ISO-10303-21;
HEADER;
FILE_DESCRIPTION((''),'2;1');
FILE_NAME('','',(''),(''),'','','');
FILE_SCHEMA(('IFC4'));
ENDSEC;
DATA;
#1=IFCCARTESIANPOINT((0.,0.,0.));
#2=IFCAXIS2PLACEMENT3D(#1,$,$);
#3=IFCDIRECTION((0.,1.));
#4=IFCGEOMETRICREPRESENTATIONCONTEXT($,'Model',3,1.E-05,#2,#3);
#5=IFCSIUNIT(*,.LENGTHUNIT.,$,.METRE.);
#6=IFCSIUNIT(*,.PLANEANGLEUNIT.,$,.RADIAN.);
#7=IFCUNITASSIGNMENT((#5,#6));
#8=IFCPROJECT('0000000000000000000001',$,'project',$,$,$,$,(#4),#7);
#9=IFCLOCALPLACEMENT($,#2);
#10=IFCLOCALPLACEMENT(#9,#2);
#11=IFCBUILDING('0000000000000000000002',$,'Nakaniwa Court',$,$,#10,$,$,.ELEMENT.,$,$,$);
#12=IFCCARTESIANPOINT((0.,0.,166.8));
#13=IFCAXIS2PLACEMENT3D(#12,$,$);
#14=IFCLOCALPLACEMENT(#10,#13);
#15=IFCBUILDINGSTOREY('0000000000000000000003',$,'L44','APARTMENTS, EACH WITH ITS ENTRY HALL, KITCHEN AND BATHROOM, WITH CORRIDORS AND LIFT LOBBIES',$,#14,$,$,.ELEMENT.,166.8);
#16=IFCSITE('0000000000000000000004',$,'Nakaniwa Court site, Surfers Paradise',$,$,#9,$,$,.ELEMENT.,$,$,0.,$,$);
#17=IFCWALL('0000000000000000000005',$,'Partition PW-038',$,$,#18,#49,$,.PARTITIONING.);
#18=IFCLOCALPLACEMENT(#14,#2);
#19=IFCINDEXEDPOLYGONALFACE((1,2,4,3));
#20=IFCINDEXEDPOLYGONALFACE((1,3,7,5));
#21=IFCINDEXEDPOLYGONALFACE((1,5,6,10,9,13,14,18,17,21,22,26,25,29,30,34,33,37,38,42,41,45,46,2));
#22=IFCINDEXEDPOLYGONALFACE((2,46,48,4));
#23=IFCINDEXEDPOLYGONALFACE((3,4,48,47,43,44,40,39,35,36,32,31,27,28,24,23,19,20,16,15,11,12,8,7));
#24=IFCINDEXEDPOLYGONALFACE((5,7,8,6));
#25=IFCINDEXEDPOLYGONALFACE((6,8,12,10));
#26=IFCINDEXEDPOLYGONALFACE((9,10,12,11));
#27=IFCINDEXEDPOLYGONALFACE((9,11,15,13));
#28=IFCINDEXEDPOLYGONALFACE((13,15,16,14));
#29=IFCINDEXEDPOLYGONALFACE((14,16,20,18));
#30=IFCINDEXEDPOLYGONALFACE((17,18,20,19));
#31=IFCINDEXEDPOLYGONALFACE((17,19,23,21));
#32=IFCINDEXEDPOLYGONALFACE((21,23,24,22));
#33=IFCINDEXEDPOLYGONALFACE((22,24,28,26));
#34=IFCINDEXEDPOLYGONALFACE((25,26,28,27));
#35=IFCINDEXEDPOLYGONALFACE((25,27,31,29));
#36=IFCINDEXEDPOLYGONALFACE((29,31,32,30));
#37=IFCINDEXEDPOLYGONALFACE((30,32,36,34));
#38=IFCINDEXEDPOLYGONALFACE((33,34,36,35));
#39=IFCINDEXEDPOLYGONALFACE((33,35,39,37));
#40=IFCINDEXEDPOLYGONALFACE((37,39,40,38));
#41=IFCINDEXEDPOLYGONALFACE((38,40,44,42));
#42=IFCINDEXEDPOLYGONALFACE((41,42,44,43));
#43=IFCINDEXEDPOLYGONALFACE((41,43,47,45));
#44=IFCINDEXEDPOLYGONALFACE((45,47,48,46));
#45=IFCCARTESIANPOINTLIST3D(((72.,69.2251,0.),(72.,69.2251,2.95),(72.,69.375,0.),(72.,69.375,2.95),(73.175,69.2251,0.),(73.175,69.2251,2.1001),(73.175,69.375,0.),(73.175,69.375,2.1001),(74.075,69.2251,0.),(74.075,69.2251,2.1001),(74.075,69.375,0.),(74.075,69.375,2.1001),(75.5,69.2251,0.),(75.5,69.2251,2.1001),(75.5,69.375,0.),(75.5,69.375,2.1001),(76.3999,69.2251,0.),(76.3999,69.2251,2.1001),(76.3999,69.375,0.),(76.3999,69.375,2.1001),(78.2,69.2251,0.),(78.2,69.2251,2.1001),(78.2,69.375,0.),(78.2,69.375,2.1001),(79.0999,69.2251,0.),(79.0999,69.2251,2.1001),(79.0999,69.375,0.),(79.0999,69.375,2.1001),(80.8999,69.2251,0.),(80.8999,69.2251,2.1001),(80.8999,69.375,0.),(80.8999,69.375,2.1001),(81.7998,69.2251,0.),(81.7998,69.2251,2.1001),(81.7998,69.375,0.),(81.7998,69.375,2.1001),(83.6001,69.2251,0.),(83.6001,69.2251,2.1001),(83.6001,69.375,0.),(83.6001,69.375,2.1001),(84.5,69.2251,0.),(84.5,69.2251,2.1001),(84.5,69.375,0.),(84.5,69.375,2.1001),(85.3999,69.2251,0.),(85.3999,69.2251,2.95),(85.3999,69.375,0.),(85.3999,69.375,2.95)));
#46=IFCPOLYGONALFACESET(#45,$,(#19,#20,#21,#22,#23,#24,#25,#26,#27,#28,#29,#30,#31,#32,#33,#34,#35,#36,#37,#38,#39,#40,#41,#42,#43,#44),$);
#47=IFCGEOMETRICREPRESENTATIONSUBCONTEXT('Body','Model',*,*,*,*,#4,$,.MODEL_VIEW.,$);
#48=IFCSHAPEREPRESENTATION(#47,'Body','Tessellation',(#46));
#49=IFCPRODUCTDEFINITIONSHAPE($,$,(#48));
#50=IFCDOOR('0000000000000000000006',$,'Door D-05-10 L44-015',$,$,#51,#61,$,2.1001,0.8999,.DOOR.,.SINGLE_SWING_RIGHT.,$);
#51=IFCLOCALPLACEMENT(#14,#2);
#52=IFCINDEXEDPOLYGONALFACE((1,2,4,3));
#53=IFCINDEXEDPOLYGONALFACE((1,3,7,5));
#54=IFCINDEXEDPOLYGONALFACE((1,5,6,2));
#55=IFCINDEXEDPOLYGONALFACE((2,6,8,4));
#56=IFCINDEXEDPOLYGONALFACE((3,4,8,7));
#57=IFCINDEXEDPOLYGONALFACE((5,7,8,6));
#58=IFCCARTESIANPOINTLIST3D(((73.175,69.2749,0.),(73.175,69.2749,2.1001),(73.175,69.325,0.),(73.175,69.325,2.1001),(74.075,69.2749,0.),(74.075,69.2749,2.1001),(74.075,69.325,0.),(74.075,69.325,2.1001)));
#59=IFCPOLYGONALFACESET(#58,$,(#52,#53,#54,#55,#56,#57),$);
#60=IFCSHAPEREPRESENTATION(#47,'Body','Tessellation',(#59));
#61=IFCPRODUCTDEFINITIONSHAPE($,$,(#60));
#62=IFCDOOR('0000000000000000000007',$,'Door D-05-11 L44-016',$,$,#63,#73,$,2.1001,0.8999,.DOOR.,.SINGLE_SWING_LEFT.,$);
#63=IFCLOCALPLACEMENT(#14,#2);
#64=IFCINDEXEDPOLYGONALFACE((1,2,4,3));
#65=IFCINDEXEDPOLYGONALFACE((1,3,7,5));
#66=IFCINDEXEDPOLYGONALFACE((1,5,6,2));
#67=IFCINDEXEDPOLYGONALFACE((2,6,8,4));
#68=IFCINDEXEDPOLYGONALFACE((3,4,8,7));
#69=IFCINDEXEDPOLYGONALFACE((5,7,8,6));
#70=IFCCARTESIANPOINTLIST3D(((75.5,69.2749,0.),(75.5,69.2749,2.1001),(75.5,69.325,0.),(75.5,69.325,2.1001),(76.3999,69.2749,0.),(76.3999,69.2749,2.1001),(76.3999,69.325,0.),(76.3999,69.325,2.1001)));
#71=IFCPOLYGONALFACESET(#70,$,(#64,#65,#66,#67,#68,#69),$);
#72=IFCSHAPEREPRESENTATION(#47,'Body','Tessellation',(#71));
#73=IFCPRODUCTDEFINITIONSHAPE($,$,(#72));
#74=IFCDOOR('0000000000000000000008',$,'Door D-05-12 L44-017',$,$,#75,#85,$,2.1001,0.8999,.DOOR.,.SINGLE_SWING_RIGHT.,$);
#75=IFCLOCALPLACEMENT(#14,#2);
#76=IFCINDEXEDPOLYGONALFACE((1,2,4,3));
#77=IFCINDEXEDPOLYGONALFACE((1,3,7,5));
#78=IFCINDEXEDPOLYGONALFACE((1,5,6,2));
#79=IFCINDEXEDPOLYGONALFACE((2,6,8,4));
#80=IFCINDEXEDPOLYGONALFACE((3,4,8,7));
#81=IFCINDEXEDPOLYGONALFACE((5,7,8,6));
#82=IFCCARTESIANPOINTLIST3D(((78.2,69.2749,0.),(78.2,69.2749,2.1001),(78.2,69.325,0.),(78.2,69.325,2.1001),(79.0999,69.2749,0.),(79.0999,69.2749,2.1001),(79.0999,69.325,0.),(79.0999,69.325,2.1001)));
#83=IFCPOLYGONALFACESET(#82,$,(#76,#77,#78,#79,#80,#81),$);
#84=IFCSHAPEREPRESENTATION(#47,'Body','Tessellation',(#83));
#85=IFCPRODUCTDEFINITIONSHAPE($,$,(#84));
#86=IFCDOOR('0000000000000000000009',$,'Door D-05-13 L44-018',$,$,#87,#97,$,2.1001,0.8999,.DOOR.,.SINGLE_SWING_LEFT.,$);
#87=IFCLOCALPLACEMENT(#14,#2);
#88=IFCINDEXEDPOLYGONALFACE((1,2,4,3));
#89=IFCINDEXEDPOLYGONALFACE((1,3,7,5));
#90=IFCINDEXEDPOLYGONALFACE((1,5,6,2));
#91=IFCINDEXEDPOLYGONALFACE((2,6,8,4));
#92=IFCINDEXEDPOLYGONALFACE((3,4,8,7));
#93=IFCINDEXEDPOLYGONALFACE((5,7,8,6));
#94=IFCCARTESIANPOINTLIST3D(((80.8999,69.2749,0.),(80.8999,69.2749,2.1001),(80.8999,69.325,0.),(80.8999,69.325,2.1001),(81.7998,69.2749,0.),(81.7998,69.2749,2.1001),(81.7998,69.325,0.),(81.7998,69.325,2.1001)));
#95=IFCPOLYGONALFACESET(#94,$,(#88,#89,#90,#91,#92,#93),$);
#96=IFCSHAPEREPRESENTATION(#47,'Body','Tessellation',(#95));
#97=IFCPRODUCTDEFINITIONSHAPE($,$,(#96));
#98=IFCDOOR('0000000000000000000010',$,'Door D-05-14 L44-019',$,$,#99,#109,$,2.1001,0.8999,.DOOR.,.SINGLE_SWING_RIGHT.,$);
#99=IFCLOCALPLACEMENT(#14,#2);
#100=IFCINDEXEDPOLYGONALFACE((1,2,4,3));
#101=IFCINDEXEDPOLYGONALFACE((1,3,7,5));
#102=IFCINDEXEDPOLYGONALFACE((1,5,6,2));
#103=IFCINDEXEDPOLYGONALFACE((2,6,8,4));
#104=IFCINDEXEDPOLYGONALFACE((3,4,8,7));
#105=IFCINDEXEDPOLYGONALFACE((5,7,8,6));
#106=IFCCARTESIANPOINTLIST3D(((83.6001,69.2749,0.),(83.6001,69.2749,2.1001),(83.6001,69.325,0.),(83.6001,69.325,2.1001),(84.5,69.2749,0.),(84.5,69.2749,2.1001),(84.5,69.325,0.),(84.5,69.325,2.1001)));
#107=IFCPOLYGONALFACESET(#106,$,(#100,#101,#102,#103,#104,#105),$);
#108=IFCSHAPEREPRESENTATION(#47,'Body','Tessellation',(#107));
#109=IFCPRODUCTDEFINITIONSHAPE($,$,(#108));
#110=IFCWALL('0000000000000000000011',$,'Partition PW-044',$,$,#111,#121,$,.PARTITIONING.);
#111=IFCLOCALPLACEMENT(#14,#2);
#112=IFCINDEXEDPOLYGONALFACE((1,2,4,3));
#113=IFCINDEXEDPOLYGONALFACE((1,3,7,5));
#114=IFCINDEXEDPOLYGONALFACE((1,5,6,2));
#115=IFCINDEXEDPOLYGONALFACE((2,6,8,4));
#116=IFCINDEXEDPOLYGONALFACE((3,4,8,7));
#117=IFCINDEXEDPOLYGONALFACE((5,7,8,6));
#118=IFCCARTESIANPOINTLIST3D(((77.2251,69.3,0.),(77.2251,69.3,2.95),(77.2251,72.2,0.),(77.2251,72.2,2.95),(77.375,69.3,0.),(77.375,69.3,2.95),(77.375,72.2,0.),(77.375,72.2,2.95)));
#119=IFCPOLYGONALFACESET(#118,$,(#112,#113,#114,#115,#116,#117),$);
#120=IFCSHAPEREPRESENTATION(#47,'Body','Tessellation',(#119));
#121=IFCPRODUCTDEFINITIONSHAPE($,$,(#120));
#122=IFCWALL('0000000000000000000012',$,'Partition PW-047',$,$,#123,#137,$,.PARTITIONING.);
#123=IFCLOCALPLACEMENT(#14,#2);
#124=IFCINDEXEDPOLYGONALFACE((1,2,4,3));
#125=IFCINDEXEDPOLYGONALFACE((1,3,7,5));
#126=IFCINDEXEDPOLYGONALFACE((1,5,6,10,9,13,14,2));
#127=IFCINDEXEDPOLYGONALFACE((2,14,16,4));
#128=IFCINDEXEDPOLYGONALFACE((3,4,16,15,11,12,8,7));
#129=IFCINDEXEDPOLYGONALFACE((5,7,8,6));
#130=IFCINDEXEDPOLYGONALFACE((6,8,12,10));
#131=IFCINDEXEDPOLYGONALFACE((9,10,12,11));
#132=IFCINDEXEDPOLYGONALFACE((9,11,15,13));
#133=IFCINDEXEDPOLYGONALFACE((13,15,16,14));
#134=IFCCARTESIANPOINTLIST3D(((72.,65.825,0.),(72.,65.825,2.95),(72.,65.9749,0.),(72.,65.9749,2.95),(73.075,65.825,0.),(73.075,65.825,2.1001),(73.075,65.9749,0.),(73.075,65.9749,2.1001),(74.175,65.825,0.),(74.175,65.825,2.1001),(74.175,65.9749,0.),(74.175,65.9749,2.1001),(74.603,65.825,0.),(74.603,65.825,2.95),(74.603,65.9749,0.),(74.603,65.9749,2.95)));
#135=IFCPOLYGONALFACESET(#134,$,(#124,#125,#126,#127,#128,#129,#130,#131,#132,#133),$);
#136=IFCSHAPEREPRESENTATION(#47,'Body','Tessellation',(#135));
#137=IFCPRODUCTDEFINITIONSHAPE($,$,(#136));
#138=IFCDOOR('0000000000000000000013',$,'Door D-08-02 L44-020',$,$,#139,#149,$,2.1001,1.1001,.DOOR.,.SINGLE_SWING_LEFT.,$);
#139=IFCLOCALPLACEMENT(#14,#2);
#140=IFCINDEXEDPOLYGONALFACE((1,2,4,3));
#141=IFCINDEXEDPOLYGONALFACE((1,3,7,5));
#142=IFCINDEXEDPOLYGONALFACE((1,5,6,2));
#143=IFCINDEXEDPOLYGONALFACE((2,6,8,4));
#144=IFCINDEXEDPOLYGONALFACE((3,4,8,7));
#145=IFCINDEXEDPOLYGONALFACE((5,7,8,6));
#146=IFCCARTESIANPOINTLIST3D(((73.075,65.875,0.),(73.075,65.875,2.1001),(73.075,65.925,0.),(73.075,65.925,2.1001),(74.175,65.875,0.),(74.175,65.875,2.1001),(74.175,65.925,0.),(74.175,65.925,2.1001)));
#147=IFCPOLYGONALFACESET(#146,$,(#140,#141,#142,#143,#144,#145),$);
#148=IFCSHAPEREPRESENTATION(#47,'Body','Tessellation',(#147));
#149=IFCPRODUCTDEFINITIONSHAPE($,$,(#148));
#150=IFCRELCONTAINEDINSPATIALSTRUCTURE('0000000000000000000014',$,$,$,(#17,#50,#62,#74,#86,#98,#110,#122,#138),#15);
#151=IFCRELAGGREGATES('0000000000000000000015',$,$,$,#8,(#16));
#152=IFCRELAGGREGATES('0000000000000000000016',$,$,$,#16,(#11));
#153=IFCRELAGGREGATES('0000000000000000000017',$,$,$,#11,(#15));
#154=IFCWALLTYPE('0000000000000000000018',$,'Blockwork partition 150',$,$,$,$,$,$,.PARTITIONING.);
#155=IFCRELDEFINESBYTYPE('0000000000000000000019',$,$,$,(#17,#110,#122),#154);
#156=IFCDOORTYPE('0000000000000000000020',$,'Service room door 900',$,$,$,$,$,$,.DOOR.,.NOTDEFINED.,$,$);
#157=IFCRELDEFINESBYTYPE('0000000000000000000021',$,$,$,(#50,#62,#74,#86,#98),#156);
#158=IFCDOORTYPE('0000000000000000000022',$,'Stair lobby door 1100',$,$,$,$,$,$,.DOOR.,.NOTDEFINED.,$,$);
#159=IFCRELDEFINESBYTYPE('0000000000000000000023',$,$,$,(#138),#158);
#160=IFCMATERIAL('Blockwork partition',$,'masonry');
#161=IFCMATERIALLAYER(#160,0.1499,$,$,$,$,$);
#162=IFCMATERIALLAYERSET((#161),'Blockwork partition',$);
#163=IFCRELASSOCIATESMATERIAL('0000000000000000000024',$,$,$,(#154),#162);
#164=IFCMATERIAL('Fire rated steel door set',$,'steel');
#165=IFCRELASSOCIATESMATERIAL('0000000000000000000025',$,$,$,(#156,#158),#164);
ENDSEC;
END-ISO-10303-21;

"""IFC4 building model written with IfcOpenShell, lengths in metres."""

from ifc_helpers import new_model, si_unit, direction, frame, frame_2d, origin, place, context, subcontext, project, spatial, rectangle, extrude, material, layer, layer_set, type_object, element, fill, save


model = new_model("IFC4")

# Units and contexts
model_context = context("Model", 3, precision=1e-05, world=origin(), true_north=direction((0.0, 1.0)))
body_context = subcontext(model_context, "Body", "Model", "MODEL_VIEW")
ifc_project = project(units=[si_unit("LENGTHUNIT", "METRE"), si_unit("PLANEANGLEUNIT", "RADIAN")], contexts=[model_context])

# Site, building, storey
site_placement = place(None, origin())
site = spatial("IfcSite", under=ifc_project, at=site_placement, Name="Nakaniwa Court site, Surfers Paradise", CompositionType="ELEMENT", RefElevation=0.0)
building_placement = place(site_placement, origin())
building = spatial("IfcBuilding", under=site, at=building_placement, Name="Nakaniwa Court", CompositionType="ELEMENT")
storey_placement = place(building_placement, frame((0.0, 0.0, 166.8)))
storey = spatial("IfcBuildingStorey", under=building, at=storey_placement, Name="L44", Description="APARTMENTS, EACH WITH ITS ENTRY HALL, KITCHEN AND BATHROOM, WITH CORRIDORS AND LIFT LOBBIES", CompositionType="ELEMENT", Elevation=166.8)

# Shared definitions
ifc_material_1 = material(Name="Blockwork partition", Category="masonry")
ifc_layer_1 = layer(ifc_material_1, 0.1499)
ifc_layer_set_1 = layer_set([ifc_layer_1], Name="Blockwork partition")
wall_type_1 = type_object("IfcWallType", Name="Blockwork partition 150", PredefinedType="PARTITIONING", material=ifc_layer_set_1)

# Wall, openings, doors
wall_1_placement = place(storey_placement, frame((72.0, 69.3, 0.0), z_axis=(0.0, 0.0, 1.0), x_axis=(1.0, 0.0, 0.0)))
wall_1 = element("IfcWall", 1, at=wall_1_placement, inside=storey, type_object=wall_type_1, Name="Partition PW-038", PredefinedType="PARTITIONING", context=body_context, shape_type="SweptSolid", body=[
    extrude(rectangle(XDim=13.3999, YDim=0.1499, at=frame_2d((6.7, 0.0))), origin(), (0.0, 0.0, 1.0), 2.95),
])
opening_1_placement = place(wall_1_placement, frame((1.175, 0.0, 0.0)))
opening_1 = element("IfcOpeningElement", 2, at=opening_1_placement, cuts=wall_1, PredefinedType="OPENING", context=body_context, shape_type="SweptSolid", body=[
    extrude(rectangle(XDim=0.8999, YDim=2.1001, at=frame_2d((0.45, 1.05))), frame((0.0, 0.085, 0.0), z_axis=(0.0, -1.0, 0.0), x_axis=(1.0, 0.0, 0.0)), (0.0, 0.0, 1.0), 0.1699),
])
opening_2_placement = place(wall_1_placement, frame((3.5, 0.0, 0.0)))
opening_2 = element("IfcOpeningElement", 3, at=opening_2_placement, cuts=wall_1, PredefinedType="OPENING", context=body_context, shape_type="SweptSolid", body=[
    extrude(rectangle(XDim=0.8999, YDim=2.1001, at=frame_2d((0.45, 1.05))), frame((0.0, 0.085, 0.0), z_axis=(0.0, -1.0, 0.0), x_axis=(1.0, 0.0, 0.0)), (0.0, 0.0, 1.0), 0.1699),
])
opening_3_placement = place(wall_1_placement, frame((6.2, 0.0, 0.0)))
opening_3 = element("IfcOpeningElement", 4, at=opening_3_placement, cuts=wall_1, PredefinedType="OPENING", context=body_context, shape_type="SweptSolid", body=[
    extrude(rectangle(XDim=0.8999, YDim=2.1001, at=frame_2d((0.45, 1.05))), frame((0.0, 0.085, 0.0), z_axis=(0.0, -1.0, 0.0), x_axis=(1.0, 0.0, 0.0)), (0.0, 0.0, 1.0), 0.1699),
])
opening_4_placement = place(wall_1_placement, frame((8.8999, 0.0, 0.0)))
opening_4 = element("IfcOpeningElement", 5, at=opening_4_placement, cuts=wall_1, PredefinedType="OPENING", context=body_context, shape_type="SweptSolid", body=[
    extrude(rectangle(XDim=0.8999, YDim=2.1001, at=frame_2d((0.45, 1.05))), frame((0.0, 0.085, 0.0), z_axis=(0.0, -1.0, 0.0), x_axis=(1.0, 0.0, 0.0)), (0.0, 0.0, 1.0), 0.1699),
])
opening_5_placement = place(wall_1_placement, frame((11.6001, 0.0, 0.0)))
opening_5 = element("IfcOpeningElement", 6, at=opening_5_placement, cuts=wall_1, PredefinedType="OPENING", context=body_context, shape_type="SweptSolid", body=[
    extrude(rectangle(XDim=0.8999, YDim=2.1001, at=frame_2d((0.45, 1.05))), frame((0.0, 0.085, 0.0), z_axis=(0.0, -1.0, 0.0), x_axis=(1.0, 0.0, 0.0)), (0.0, 0.0, 1.0), 0.1699),
])
ifc_material_2 = material(Name="Fire rated steel door set", Category="steel")
door_type_1 = type_object("IfcDoorType", Name="Service room door 900", OperationType="NOTDEFINED", PredefinedType="DOOR", material=ifc_material_2)
door_1_placement = place(opening_1_placement, origin())
door_1 = element("IfcDoor", 7, at=door_1_placement, inside=storey, type_object=door_type_1, Name="Door D-05-10 L44-015", OperationType="SINGLE_SWING_RIGHT", OverallHeight=2.1001, OverallWidth=0.8999, PredefinedType="DOOR", context=body_context, shape_type="SweptSolid", body=[
    extrude(rectangle(XDim=0.8999, YDim=2.1001, at=frame_2d((0.45, 1.05))), frame((0.0, 0.0249, 0.0), z_axis=(0.0, -1.0, 0.0), x_axis=(1.0, 0.0, 0.0)), (0.0, 0.0, 1.0), 0.05),
])
fill(opening_1, door_1)
door_2_placement = place(opening_2_placement, origin())
door_2 = element("IfcDoor", 8, at=door_2_placement, inside=storey, type_object=door_type_1, Name="Door D-05-11 L44-016", OperationType="SINGLE_SWING_LEFT", OverallHeight=2.1001, OverallWidth=0.8999, PredefinedType="DOOR", context=body_context, shape_type="SweptSolid", body=[
    extrude(rectangle(XDim=0.8999, YDim=2.1001, at=frame_2d((0.45, 1.05))), frame((0.0, 0.0249, 0.0), z_axis=(0.0, -1.0, 0.0), x_axis=(1.0, 0.0, 0.0)), (0.0, 0.0, 1.0), 0.05),
])
fill(opening_2, door_2)
door_3_placement = place(opening_3_placement, origin())
door_3 = element("IfcDoor", 9, at=door_3_placement, inside=storey, type_object=door_type_1, Name="Door D-05-12 L44-017", OperationType="SINGLE_SWING_RIGHT", OverallHeight=2.1001, OverallWidth=0.8999, PredefinedType="DOOR", context=body_context, shape_type="SweptSolid", body=[
    extrude(rectangle(XDim=0.8999, YDim=2.1001, at=frame_2d((0.45, 1.05))), frame((0.0, 0.0249, 0.0), z_axis=(0.0, -1.0, 0.0), x_axis=(1.0, 0.0, 0.0)), (0.0, 0.0, 1.0), 0.05),
])
fill(opening_3, door_3)
door_4_placement = place(opening_4_placement, origin())
door_4 = element("IfcDoor", 10, at=door_4_placement, inside=storey, type_object=door_type_1, Name="Door D-05-13 L44-018", OperationType="SINGLE_SWING_LEFT", OverallHeight=2.1001, OverallWidth=0.8999, PredefinedType="DOOR", context=body_context, shape_type="SweptSolid", body=[
    extrude(rectangle(XDim=0.8999, YDim=2.1001, at=frame_2d((0.45, 1.05))), frame((0.0, 0.0249, 0.0), z_axis=(0.0, -1.0, 0.0), x_axis=(1.0, 0.0, 0.0)), (0.0, 0.0, 1.0), 0.05),
])
fill(opening_4, door_4)
door_5_placement = place(opening_5_placement, origin())
door_5 = element("IfcDoor", 11, at=door_5_placement, inside=storey, type_object=door_type_1, Name="Door D-05-14 L44-019", OperationType="SINGLE_SWING_RIGHT", OverallHeight=2.1001, OverallWidth=0.8999, PredefinedType="DOOR", context=body_context, shape_type="SweptSolid", body=[
    extrude(rectangle(XDim=0.8999, YDim=2.1001, at=frame_2d((0.45, 1.05))), frame((0.0, 0.0249, 0.0), z_axis=(0.0, -1.0, 0.0), x_axis=(1.0, 0.0, 0.0)), (0.0, 0.0, 1.0), 0.05),
])
fill(opening_5, door_5)

# Wall
wall_2_placement = place(storey_placement, frame((77.3, 69.3, 0.0), z_axis=(0.0, 0.0, 1.0), x_axis=(0.0, 1.0, 0.0)))
element("IfcWall", 12, at=wall_2_placement, inside=storey, type_object=wall_type_1, Name="Partition PW-044", PredefinedType="PARTITIONING", context=body_context, shape_type="SweptSolid", body=[
    extrude(rectangle(XDim=2.8999, YDim=0.1499, at=frame_2d((1.45, 0.0))), origin(), (0.0, 0.0, 1.0), 2.95),
])

# Wall, opening, door
wall_3_placement = place(storey_placement, frame((74.603, 65.8999, 0.0), z_axis=(0.0, 0.0, 1.0), x_axis=(-1.0, 0.0, 0.0)))
wall_3 = element("IfcWall", 13, at=wall_3_placement, inside=storey, type_object=wall_type_1, Name="Partition PW-047", PredefinedType="PARTITIONING", context=body_context, shape_type="SweptSolid", body=[
    extrude(rectangle(XDim=2.603, YDim=0.1499, at=frame_2d((1.3015, 0.0))), origin(), (0.0, 0.0, 1.0), 2.95),
])
opening_6_placement = place(wall_3_placement, frame((0.428, 0.0, 0.0)))
opening_6 = element("IfcOpeningElement", 14, at=opening_6_placement, cuts=wall_3, PredefinedType="OPENING", context=body_context, shape_type="SweptSolid", body=[
    extrude(rectangle(XDim=1.1001, YDim=2.1001, at=frame_2d((0.55, 1.05))), frame((0.0, 0.085, 0.0), z_axis=(0.0, -1.0, 0.0), x_axis=(1.0, 0.0, 0.0)), (0.0, 0.0, 1.0), 0.1699),
])
door_type_2 = type_object("IfcDoorType", Name="Stair lobby door 1100", OperationType="NOTDEFINED", PredefinedType="DOOR", material=ifc_material_2)
door_6_placement = place(opening_6_placement, origin())
door_6 = element("IfcDoor", 15, at=door_6_placement, inside=storey, type_object=door_type_2, Name="Door D-08-02 L44-020", OperationType="SINGLE_SWING_LEFT", OverallHeight=2.1001, OverallWidth=1.1001, PredefinedType="DOOR", context=body_context, shape_type="SweptSolid", body=[
    extrude(rectangle(XDim=1.1001, YDim=2.1001, at=frame_2d((0.55, 1.05))), frame((0.0, 0.0249, 0.0), z_axis=(0.0, -1.0, 0.0), x_axis=(1.0, 0.0, 0.0)), (0.0, 0.0, 1.0), 0.05),
])
fill(opening_6, door_6)

save(model, "model.ifc")
